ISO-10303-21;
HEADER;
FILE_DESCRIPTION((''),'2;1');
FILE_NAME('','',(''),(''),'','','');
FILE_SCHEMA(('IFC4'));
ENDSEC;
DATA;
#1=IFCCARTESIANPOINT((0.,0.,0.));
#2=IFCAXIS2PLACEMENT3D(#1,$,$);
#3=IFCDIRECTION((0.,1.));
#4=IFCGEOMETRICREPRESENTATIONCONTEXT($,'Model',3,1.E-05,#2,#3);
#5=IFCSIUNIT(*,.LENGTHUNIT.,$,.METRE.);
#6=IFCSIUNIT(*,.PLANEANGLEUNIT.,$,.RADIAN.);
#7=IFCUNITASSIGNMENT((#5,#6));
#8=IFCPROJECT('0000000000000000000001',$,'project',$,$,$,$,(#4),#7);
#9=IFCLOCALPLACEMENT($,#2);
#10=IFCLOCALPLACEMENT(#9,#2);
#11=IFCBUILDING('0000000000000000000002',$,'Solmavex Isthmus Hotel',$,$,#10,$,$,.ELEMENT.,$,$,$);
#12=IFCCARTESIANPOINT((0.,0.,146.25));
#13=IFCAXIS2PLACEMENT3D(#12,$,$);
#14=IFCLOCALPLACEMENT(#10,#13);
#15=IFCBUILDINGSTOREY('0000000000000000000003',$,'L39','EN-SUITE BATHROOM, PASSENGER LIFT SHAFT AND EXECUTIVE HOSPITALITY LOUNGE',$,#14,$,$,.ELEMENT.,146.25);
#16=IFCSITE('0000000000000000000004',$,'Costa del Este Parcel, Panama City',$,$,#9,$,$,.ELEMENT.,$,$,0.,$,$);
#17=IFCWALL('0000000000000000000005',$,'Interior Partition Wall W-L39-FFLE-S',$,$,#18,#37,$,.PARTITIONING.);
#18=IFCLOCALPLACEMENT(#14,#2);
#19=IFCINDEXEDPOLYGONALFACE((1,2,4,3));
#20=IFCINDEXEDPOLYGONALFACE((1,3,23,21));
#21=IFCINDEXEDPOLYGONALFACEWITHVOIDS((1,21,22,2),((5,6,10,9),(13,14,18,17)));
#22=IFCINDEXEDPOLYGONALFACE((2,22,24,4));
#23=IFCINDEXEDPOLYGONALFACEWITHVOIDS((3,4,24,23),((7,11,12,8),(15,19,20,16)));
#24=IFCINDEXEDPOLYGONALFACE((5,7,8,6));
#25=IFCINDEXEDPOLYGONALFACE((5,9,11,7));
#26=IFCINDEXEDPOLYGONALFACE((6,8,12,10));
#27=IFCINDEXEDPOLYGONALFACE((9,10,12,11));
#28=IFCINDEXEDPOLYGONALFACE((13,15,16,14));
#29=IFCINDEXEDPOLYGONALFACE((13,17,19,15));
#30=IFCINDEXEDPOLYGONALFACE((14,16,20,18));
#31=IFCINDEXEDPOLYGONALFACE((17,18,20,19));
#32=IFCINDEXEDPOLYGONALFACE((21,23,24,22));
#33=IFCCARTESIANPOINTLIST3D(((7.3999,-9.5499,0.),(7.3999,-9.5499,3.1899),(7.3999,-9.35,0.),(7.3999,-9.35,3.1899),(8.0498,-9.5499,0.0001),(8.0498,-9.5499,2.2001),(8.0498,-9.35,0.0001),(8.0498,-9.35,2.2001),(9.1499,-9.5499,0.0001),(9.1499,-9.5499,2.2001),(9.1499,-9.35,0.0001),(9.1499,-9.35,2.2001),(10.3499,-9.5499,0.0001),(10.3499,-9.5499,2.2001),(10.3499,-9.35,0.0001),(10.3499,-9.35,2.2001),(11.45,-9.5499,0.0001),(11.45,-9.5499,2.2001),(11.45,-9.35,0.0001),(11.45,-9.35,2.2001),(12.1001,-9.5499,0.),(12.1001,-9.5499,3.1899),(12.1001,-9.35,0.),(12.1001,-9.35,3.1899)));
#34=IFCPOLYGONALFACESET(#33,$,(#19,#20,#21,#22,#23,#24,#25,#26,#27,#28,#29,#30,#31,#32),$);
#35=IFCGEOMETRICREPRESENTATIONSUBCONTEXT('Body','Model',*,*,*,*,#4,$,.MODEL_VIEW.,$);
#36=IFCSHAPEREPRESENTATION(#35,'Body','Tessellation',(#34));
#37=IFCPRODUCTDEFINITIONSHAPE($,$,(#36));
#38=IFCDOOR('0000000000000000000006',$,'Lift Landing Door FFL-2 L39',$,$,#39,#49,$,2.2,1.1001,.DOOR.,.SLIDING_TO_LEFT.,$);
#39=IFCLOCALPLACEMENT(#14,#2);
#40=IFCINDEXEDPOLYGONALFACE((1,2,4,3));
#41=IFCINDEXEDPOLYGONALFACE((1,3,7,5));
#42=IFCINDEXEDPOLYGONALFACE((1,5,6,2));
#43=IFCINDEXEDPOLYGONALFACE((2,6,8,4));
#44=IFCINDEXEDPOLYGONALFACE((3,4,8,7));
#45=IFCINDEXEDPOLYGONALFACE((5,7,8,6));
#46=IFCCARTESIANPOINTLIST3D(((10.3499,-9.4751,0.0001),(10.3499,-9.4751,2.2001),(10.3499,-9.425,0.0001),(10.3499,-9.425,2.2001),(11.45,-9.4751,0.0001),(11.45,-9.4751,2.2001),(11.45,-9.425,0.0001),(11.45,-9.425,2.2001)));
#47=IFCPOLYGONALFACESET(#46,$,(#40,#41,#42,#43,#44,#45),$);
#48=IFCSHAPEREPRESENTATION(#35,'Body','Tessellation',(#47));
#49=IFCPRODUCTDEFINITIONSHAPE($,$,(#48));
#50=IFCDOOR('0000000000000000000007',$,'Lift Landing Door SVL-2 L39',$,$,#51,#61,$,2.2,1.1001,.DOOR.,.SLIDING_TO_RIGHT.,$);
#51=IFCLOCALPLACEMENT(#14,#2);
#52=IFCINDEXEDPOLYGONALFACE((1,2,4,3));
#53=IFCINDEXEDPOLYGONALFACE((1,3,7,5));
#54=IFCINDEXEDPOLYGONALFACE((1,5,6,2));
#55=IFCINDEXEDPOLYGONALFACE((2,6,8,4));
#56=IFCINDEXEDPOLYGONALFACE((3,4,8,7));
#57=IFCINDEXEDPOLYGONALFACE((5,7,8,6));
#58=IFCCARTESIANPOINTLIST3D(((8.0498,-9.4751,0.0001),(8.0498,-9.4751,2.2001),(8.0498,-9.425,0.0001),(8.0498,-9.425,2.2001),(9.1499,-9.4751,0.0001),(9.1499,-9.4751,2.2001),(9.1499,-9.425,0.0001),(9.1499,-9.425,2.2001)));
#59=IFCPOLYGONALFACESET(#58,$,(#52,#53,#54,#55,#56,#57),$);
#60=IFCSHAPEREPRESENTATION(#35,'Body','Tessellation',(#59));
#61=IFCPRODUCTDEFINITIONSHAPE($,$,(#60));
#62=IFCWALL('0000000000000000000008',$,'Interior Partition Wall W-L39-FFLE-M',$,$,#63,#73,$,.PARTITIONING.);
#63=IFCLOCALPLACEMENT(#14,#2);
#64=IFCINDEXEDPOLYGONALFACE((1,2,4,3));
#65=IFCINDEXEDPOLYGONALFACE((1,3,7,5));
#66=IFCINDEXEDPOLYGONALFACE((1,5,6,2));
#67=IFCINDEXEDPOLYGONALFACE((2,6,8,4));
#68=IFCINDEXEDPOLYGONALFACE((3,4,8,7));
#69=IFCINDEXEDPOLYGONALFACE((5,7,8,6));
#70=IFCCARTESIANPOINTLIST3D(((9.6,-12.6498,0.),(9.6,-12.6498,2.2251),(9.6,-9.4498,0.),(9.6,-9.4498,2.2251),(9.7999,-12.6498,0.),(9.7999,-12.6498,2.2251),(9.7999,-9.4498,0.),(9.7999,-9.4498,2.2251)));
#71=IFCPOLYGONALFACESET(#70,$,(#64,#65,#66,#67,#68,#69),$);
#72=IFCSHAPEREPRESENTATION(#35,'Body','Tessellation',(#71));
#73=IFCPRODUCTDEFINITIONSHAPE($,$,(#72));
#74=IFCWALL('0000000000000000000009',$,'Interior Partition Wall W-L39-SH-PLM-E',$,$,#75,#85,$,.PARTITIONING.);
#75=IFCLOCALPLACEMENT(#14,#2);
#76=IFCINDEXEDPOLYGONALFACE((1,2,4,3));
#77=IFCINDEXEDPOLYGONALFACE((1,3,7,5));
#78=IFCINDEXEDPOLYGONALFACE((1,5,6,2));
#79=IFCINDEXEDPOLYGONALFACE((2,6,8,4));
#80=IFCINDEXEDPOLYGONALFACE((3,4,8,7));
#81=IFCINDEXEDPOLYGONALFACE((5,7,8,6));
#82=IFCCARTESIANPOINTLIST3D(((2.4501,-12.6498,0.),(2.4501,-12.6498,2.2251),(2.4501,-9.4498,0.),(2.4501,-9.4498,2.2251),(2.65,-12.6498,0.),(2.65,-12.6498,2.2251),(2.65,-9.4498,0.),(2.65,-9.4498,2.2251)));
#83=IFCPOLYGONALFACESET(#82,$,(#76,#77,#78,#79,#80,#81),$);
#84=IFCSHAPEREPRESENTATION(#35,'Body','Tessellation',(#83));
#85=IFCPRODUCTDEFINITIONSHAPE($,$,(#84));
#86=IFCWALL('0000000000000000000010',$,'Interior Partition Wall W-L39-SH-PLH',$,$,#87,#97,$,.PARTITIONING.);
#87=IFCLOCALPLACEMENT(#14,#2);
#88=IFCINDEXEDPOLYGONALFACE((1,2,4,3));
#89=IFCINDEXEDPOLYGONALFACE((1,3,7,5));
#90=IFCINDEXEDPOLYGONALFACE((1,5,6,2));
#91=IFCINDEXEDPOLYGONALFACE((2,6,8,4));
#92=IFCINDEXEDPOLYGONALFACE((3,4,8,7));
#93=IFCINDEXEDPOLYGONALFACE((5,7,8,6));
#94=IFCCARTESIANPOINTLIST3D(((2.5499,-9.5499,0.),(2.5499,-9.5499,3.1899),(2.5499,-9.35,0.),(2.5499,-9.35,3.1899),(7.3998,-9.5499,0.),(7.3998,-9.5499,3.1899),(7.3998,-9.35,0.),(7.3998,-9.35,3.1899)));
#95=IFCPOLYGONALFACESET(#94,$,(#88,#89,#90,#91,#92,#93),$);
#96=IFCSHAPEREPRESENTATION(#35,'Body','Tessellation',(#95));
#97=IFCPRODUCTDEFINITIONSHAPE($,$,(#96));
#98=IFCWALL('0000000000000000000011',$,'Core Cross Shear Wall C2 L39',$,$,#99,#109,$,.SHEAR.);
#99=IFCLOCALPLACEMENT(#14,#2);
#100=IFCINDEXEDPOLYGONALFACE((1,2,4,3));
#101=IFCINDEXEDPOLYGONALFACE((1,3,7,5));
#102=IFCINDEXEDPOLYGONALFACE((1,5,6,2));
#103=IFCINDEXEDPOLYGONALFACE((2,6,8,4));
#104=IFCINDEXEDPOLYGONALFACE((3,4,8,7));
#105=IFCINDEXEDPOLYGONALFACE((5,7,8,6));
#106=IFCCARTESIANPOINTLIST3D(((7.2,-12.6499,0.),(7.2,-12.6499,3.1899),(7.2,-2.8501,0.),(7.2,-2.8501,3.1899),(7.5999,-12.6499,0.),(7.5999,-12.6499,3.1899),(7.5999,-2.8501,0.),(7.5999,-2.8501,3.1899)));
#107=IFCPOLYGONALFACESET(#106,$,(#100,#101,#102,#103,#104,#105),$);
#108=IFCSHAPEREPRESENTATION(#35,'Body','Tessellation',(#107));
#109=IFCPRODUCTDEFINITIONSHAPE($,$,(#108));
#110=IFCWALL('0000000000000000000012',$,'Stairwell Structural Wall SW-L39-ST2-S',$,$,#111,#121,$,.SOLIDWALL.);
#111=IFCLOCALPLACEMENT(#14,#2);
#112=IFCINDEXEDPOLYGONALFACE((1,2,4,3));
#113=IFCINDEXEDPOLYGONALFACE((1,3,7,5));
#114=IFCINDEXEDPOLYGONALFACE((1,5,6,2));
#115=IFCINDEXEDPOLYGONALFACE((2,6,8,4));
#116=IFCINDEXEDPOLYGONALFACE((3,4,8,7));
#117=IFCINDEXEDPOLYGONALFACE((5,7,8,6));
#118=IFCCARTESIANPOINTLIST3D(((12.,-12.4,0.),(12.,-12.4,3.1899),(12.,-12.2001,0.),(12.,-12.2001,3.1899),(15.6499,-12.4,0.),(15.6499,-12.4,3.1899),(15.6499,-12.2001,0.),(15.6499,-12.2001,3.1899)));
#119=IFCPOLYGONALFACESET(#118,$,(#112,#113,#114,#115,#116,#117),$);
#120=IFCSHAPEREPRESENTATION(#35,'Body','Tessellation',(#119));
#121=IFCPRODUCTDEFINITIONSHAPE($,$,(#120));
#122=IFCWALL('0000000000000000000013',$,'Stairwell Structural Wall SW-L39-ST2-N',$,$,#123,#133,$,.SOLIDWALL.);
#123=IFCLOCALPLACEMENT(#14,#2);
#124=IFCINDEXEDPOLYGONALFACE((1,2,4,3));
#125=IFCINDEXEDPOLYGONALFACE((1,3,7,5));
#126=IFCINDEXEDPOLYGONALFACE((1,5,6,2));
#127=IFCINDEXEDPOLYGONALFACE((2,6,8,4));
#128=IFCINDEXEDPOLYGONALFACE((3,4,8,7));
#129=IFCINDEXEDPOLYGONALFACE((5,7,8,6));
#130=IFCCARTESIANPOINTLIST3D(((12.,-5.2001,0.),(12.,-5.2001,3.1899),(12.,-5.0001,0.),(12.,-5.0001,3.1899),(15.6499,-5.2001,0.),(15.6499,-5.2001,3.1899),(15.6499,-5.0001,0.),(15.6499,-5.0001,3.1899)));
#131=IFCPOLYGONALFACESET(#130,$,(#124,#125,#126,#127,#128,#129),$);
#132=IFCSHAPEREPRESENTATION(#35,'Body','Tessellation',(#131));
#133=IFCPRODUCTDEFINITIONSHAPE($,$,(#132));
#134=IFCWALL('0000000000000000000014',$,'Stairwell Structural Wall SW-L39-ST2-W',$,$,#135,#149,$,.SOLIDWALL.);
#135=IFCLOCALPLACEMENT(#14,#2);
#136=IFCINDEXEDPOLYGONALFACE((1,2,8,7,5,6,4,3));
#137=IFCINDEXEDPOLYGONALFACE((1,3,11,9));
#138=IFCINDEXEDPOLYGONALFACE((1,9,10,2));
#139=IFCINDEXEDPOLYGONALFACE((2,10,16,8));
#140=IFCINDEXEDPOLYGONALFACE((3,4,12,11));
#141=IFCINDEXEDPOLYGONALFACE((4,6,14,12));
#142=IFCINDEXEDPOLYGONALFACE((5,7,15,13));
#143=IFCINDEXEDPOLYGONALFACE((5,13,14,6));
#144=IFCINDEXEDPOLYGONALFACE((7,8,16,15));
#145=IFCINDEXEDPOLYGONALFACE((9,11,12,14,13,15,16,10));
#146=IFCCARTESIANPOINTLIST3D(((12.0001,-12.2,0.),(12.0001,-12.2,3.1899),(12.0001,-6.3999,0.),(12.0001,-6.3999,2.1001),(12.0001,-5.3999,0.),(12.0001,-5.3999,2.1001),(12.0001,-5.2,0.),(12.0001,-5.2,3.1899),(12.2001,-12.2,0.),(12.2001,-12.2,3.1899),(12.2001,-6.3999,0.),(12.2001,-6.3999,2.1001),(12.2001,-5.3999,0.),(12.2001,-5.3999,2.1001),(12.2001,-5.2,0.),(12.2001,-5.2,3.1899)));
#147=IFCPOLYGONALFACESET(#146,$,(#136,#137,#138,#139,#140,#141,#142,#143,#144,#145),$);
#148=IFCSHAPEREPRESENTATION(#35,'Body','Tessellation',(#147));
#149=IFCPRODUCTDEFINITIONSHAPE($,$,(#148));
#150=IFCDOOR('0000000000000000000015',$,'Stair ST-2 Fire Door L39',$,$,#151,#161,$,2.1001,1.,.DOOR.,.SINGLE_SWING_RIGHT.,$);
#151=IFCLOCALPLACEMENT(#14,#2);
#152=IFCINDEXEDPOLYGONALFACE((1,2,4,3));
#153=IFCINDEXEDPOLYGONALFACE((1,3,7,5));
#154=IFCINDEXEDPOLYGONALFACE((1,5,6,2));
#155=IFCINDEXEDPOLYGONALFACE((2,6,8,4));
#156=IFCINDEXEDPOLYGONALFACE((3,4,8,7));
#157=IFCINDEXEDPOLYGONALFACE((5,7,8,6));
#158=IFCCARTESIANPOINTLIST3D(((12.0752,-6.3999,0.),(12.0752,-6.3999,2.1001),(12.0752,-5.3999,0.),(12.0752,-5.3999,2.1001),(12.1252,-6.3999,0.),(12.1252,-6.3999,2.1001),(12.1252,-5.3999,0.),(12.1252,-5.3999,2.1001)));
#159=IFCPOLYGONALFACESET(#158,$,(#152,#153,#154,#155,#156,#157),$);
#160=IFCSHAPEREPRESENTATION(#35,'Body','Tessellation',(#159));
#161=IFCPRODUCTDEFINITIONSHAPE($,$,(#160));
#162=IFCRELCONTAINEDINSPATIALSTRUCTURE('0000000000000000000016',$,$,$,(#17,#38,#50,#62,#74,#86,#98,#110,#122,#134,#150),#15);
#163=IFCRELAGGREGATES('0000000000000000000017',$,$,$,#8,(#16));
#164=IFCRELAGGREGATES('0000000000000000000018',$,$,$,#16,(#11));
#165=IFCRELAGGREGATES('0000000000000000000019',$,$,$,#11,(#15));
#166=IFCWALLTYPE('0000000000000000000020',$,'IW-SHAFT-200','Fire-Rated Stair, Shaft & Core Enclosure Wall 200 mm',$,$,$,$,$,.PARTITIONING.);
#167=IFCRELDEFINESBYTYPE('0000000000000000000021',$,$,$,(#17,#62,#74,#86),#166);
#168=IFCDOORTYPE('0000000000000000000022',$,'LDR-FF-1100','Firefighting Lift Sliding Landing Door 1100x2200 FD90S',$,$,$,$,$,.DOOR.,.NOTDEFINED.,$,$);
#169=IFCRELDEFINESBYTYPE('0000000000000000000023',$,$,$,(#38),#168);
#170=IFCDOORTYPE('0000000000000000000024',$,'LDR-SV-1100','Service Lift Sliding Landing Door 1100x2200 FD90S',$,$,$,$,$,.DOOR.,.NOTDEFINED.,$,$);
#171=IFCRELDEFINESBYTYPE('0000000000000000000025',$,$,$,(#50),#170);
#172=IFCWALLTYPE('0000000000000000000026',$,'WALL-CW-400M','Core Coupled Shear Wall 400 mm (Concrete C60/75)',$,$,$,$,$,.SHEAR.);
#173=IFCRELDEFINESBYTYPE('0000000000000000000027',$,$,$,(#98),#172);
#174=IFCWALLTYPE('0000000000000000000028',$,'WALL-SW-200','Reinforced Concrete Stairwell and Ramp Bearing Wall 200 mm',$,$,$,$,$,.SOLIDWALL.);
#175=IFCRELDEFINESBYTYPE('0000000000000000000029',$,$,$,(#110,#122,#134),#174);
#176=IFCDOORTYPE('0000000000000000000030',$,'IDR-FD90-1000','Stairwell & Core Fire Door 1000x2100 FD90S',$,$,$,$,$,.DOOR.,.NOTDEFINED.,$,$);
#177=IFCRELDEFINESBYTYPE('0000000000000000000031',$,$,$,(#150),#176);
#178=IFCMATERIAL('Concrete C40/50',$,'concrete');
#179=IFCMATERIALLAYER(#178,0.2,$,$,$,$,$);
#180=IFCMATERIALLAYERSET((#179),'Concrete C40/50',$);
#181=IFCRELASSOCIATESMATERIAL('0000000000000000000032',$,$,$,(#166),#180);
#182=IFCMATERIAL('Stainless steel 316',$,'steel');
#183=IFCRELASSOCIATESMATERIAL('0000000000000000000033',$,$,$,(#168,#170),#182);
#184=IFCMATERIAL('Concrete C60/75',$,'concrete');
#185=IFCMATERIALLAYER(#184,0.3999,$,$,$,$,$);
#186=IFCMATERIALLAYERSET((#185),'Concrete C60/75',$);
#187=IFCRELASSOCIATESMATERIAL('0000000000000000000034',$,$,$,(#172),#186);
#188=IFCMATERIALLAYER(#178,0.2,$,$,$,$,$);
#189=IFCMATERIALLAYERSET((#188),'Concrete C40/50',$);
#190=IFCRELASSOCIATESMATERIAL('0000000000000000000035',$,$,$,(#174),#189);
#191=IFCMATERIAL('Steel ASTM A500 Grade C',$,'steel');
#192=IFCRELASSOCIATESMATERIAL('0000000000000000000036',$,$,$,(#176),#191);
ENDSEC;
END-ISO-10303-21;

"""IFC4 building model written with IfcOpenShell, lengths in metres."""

from ifc_helpers import new_model, si_unit, direction, frame, frame_2d, origin, place, context, subcontext, project, spatial, rectangle, extrude, material, layer, layer_set, type_object, element, fill, save


model = new_model("IFC4")

# Units and contexts
model_context = context("Model", 3, precision=1e-05, world=origin(), true_north=direction((0.0, 1.0)))
body_context = subcontext(model_context, "Body", "Model", "MODEL_VIEW")
ifc_project = project(units=[si_unit("LENGTHUNIT", "METRE"), si_unit("PLANEANGLEUNIT", "RADIAN")], contexts=[model_context])

# Site, building, storey
site_placement = place(None, origin())
site = spatial("IfcSite", under=ifc_project, at=site_placement, Name="Costa del Este Parcel, Panama City", CompositionType="ELEMENT", RefElevation=0.0)
building_placement = place(site_placement, origin())
building = spatial("IfcBuilding", under=site, at=building_placement, Name="Solmavex Isthmus Hotel", CompositionType="ELEMENT")
storey_placement = place(building_placement, frame((0.0, 0.0, 146.25)))
storey = spatial("IfcBuildingStorey", under=building, at=storey_placement, Name="L39", Description="EN-SUITE BATHROOM, PASSENGER LIFT SHAFT AND EXECUTIVE HOSPITALITY LOUNGE", CompositionType="ELEMENT", Elevation=146.25)

# Shared definitions
ifc_material_1 = material(Name="Concrete C60/75", Category="concrete")

# Shared definitions
ifc_material_2 = material(Name="Concrete C40/50", Category="concrete")

# Shared definitions
ifc_layer_1 = layer(ifc_material_2, 0.2)
ifc_layer_set_1 = layer_set([ifc_layer_1], Name="Concrete C40/50")
wall_type_1 = type_object("IfcWallType", Name="IW-SHAFT-200", Description="Fire-Rated Stair, Shaft & Core Enclosure Wall 200 mm", PredefinedType="PARTITIONING", material=ifc_layer_set_1)
ifc_material_3 = material(Name="Steel ASTM A500 Grade C", Category="steel")

# Wall, openings, doors
wall_1_placement = place(storey_placement, frame((7.3999, -9.45, 0.0), z_axis=(0.0, 0.0, 1.0), x_axis=(1.0, 0.0, 0.0)))
wall_1 = element("IfcWall", 1, at=wall_1_placement, inside=storey, type_object=wall_type_1, Name="Interior Partition Wall W-L39-FFLE-S", PredefinedType="PARTITIONING", context=body_context, shape_type="SweptSolid", body=[
    extrude(rectangle(XDim=4.7002, YDim=0.2, at=frame_2d((2.3501, 0.0))), origin(), (0.0, 0.0, 1.0), 3.1899),
])
opening_1_placement = place(wall_1_placement, frame((2.95, 0.0, 0.0)))
opening_1 = element("IfcOpeningElement", 2, at=opening_1_placement, cuts=wall_1, PredefinedType="OPENING", context=body_context, shape_type="SweptSolid", body=[
    extrude(rectangle(XDim=1.1001, YDim=2.2, at=frame_2d((0.55, 1.1001))), frame((0.0, 0.1099, 0.0), z_axis=(0.0, -1.0, 0.0), x_axis=(1.0, 0.0, 0.0)), (0.0, 0.0, 1.0), 0.22),
])
opening_2_placement = place(wall_1_placement, frame((0.6499, 0.0, 0.0)))
opening_2 = element("IfcOpeningElement", 3, at=opening_2_placement, cuts=wall_1, PredefinedType="OPENING", context=body_context, shape_type="SweptSolid", body=[
    extrude(rectangle(XDim=1.1001, YDim=2.2, at=frame_2d((0.55, 1.1001))), frame((0.0, 0.1099, 0.0), z_axis=(0.0, -1.0, 0.0), x_axis=(1.0, 0.0, 0.0)), (0.0, 0.0, 1.0), 0.22),
])
ifc_material_4 = material(Name="Stainless steel 316", Category="steel")
door_type_1 = type_object("IfcDoorType", Name="LDR-FF-1100", Description="Firefighting Lift Sliding Landing Door 1100x2200 FD90S", OperationType="NOTDEFINED", PredefinedType="DOOR", material=ifc_material_4)
door_1_placement = place(opening_1_placement, origin())
door_1 = element("IfcDoor", 4, at=door_1_placement, inside=storey, type_object=door_type_1, Name="Lift Landing Door FFL-2 L39", OperationType="SLIDING_TO_LEFT", OverallHeight=2.2, OverallWidth=1.1001, PredefinedType="DOOR", context=body_context, shape_type="SweptSolid", body=[
    extrude(rectangle(XDim=1.1001, YDim=2.2, at=frame_2d((0.55, 1.1001))), frame((0.0, 0.0249, 0.0), z_axis=(0.0, -1.0, 0.0), x_axis=(1.0, 0.0, 0.0)), (0.0, 0.0, 1.0), 0.05),
])
fill(opening_1, door_1)
door_type_2 = type_object("IfcDoorType", Name="LDR-SV-1100", Description="Service Lift Sliding Landing Door 1100x2200 FD90S", OperationType="NOTDEFINED", PredefinedType="DOOR", material=ifc_material_4)
door_2_placement = place(opening_2_placement, origin())
door_2 = element("IfcDoor", 5, at=door_2_placement, inside=storey, type_object=door_type_2, Name="Lift Landing Door SVL-2 L39", OperationType="SLIDING_TO_RIGHT", OverallHeight=2.2, OverallWidth=1.1001, PredefinedType="DOOR", context=body_context, shape_type="SweptSolid", body=[
    extrude(rectangle(XDim=1.1001, YDim=2.2, at=frame_2d((0.55, 1.1001))), frame((0.0, 0.0249, 0.0), z_axis=(0.0, -1.0, 0.0), x_axis=(1.0, 0.0, 0.0)), (0.0, 0.0, 1.0), 0.05),
])
fill(opening_2, door_2)

# Walls
for number, where, z_axis, x_axis, name in (
    (6, (9.7, -12.6499, 0.0), (0.0, 0.0, 1.0), (0.0, 1.0, 0.0), "Interior Partition Wall W-L39-FFLE-M"),
    (7, (2.55, -12.6499, 0.0), (0.0, 0.0, 1.0), (0.0, 1.0, 0.0), "Interior Partition Wall W-L39-SH-PLM-E"),
):
    element("IfcWall", number, at=place(storey_placement, frame(where, z_axis=z_axis, x_axis=x_axis)), inside=storey, type_object=wall_type_1, Name=name, PredefinedType="PARTITIONING", context=body_context, shape_type="SweptSolid", body=[
        extrude(rectangle(XDim=3.2, YDim=0.2, at=frame_2d((1.6001, 0.0))), origin(), (0.0, 0.0, 1.0), 2.2251),
    ])
wall_2_placement = place(storey_placement, frame((2.55, -9.45, 0.0), z_axis=(0.0, 0.0, 1.0), x_axis=(1.0, 0.0, 0.0)))
element("IfcWall", 8, at=wall_2_placement, inside=storey, type_object=wall_type_1, Name="Interior Partition Wall W-L39-SH-PLH", PredefinedType="PARTITIONING", context=body_context, shape_type="SweptSolid", body=[
    extrude(rectangle(XDim=4.8499, YDim=0.2, at=frame_2d((2.4248, 0.0))), origin(), (0.0, 0.0, 1.0), 3.1899),
])
ifc_layer_2 = layer(ifc_material_1, 0.3999)
ifc_layer_set_2 = layer_set([ifc_layer_2], Name="Concrete C60/75")
wall_type_2 = type_object("IfcWallType", Name="WALL-CW-400M", Description="Core Coupled Shear Wall 400 mm (Concrete C60/75)", PredefinedType="SHEAR", material=ifc_layer_set_2)
wall_3_placement = place(storey_placement, frame((7.3999, -12.6499, 0.0), z_axis=(0.0, 0.0, 1.0), x_axis=(0.0, 1.0, 0.0)))
element("IfcWall", 9, at=wall_3_placement, inside=storey, type_object=wall_type_2, Name="Core Cross Shear Wall C2 L39", PredefinedType="SHEAR", context=body_context, shape_type="SweptSolid", body=[
    extrude(rectangle(XDim=9.7998, YDim=0.3999, at=frame_2d((4.8999, 0.0))), origin(), (0.0, 0.0, 1.0), 3.1899),
])
ifc_layer_3 = layer(ifc_material_2, 0.2)
ifc_layer_set_3 = layer_set([ifc_layer_3], Name="Concrete C40/50")
wall_type_3 = type_object("IfcWallType", Name="WALL-SW-200", Description="Reinforced Concrete Stairwell and Ramp Bearing Wall 200 mm", PredefinedType="SOLIDWALL", material=ifc_layer_set_3)
for number, where, z_axis, x_axis, name in (
    (10, (12.0, -12.3, 0.0), (0.0, 0.0, 1.0), (1.0, 0.0, 0.0), "Stairwell Structural Wall SW-L39-ST2-S"),
    (11, (12.0, -5.1001, 0.0), (0.0, 0.0, 1.0), (1.0, 0.0, 0.0), "Stairwell Structural Wall SW-L39-ST2-N"),
):
    element("IfcWall", number, at=place(storey_placement, frame(where, z_axis=z_axis, x_axis=x_axis)), inside=storey, type_object=wall_type_3, Name=name, PredefinedType="SOLIDWALL", context=body_context, shape_type="SweptSolid", body=[
        extrude(rectangle(XDim=3.6499, YDim=0.2, at=frame_2d((1.825, 0.0))), origin(), (0.0, 0.0, 1.0), 3.1899),
    ])

# Wall, opening, door
wall_4_placement = place(storey_placement, frame((12.1001, -12.2, 0.0), z_axis=(0.0, 0.0, 1.0), x_axis=(0.0, 1.0, 0.0)))
wall_4 = element("IfcWall", 12, at=wall_4_placement, inside=storey, type_object=wall_type_3, Name="Stairwell Structural Wall SW-L39-ST2-W", PredefinedType="SOLIDWALL", context=body_context, shape_type="SweptSolid", body=[
    extrude(rectangle(XDim=7.0, YDim=0.2, at=frame_2d((3.5, 0.0))), origin(), (0.0, 0.0, 1.0), 3.1899),
])
opening_3_placement = place(wall_4_placement, frame((5.8, 0.0, 0.0)))
opening_3 = element("IfcOpeningElement", 13, at=opening_3_placement, cuts=wall_4, PredefinedType="OPENING", context=body_context, shape_type="SweptSolid", body=[
    extrude(rectangle(XDim=1.0, YDim=2.1001, at=frame_2d((0.5, 1.05))), frame((0.0, 0.1099, 0.0), z_axis=(0.0, -1.0, 0.0), x_axis=(1.0, 0.0, 0.0)), (0.0, 0.0, 1.0), 0.22),
])
door_type_3 = type_object("IfcDoorType", Name="IDR-FD90-1000", Description="Stairwell & Core Fire Door 1000x2100 FD90S", OperationType="NOTDEFINED", PredefinedType="DOOR", material=ifc_material_3)
door_3_placement = place(opening_3_placement, origin())
door_3 = element("IfcDoor", 14, at=door_3_placement, inside=storey, type_object=door_type_3, Name="Stair ST-2 Fire Door L39", OperationType="SINGLE_SWING_RIGHT", OverallHeight=2.1001, OverallWidth=1.0, PredefinedType="DOOR", context=body_context, shape_type="SweptSolid", body=[
    extrude(rectangle(XDim=1.0, YDim=2.1001, at=frame_2d((0.5, 1.05))), frame((0.0, 0.0249, 0.0), z_axis=(0.0, -1.0, 0.0), x_axis=(1.0, 0.0, 0.0)), (0.0, 0.0, 1.0), 0.05),
])
fill(opening_3, door_3)

save(model, "model.ifc")
